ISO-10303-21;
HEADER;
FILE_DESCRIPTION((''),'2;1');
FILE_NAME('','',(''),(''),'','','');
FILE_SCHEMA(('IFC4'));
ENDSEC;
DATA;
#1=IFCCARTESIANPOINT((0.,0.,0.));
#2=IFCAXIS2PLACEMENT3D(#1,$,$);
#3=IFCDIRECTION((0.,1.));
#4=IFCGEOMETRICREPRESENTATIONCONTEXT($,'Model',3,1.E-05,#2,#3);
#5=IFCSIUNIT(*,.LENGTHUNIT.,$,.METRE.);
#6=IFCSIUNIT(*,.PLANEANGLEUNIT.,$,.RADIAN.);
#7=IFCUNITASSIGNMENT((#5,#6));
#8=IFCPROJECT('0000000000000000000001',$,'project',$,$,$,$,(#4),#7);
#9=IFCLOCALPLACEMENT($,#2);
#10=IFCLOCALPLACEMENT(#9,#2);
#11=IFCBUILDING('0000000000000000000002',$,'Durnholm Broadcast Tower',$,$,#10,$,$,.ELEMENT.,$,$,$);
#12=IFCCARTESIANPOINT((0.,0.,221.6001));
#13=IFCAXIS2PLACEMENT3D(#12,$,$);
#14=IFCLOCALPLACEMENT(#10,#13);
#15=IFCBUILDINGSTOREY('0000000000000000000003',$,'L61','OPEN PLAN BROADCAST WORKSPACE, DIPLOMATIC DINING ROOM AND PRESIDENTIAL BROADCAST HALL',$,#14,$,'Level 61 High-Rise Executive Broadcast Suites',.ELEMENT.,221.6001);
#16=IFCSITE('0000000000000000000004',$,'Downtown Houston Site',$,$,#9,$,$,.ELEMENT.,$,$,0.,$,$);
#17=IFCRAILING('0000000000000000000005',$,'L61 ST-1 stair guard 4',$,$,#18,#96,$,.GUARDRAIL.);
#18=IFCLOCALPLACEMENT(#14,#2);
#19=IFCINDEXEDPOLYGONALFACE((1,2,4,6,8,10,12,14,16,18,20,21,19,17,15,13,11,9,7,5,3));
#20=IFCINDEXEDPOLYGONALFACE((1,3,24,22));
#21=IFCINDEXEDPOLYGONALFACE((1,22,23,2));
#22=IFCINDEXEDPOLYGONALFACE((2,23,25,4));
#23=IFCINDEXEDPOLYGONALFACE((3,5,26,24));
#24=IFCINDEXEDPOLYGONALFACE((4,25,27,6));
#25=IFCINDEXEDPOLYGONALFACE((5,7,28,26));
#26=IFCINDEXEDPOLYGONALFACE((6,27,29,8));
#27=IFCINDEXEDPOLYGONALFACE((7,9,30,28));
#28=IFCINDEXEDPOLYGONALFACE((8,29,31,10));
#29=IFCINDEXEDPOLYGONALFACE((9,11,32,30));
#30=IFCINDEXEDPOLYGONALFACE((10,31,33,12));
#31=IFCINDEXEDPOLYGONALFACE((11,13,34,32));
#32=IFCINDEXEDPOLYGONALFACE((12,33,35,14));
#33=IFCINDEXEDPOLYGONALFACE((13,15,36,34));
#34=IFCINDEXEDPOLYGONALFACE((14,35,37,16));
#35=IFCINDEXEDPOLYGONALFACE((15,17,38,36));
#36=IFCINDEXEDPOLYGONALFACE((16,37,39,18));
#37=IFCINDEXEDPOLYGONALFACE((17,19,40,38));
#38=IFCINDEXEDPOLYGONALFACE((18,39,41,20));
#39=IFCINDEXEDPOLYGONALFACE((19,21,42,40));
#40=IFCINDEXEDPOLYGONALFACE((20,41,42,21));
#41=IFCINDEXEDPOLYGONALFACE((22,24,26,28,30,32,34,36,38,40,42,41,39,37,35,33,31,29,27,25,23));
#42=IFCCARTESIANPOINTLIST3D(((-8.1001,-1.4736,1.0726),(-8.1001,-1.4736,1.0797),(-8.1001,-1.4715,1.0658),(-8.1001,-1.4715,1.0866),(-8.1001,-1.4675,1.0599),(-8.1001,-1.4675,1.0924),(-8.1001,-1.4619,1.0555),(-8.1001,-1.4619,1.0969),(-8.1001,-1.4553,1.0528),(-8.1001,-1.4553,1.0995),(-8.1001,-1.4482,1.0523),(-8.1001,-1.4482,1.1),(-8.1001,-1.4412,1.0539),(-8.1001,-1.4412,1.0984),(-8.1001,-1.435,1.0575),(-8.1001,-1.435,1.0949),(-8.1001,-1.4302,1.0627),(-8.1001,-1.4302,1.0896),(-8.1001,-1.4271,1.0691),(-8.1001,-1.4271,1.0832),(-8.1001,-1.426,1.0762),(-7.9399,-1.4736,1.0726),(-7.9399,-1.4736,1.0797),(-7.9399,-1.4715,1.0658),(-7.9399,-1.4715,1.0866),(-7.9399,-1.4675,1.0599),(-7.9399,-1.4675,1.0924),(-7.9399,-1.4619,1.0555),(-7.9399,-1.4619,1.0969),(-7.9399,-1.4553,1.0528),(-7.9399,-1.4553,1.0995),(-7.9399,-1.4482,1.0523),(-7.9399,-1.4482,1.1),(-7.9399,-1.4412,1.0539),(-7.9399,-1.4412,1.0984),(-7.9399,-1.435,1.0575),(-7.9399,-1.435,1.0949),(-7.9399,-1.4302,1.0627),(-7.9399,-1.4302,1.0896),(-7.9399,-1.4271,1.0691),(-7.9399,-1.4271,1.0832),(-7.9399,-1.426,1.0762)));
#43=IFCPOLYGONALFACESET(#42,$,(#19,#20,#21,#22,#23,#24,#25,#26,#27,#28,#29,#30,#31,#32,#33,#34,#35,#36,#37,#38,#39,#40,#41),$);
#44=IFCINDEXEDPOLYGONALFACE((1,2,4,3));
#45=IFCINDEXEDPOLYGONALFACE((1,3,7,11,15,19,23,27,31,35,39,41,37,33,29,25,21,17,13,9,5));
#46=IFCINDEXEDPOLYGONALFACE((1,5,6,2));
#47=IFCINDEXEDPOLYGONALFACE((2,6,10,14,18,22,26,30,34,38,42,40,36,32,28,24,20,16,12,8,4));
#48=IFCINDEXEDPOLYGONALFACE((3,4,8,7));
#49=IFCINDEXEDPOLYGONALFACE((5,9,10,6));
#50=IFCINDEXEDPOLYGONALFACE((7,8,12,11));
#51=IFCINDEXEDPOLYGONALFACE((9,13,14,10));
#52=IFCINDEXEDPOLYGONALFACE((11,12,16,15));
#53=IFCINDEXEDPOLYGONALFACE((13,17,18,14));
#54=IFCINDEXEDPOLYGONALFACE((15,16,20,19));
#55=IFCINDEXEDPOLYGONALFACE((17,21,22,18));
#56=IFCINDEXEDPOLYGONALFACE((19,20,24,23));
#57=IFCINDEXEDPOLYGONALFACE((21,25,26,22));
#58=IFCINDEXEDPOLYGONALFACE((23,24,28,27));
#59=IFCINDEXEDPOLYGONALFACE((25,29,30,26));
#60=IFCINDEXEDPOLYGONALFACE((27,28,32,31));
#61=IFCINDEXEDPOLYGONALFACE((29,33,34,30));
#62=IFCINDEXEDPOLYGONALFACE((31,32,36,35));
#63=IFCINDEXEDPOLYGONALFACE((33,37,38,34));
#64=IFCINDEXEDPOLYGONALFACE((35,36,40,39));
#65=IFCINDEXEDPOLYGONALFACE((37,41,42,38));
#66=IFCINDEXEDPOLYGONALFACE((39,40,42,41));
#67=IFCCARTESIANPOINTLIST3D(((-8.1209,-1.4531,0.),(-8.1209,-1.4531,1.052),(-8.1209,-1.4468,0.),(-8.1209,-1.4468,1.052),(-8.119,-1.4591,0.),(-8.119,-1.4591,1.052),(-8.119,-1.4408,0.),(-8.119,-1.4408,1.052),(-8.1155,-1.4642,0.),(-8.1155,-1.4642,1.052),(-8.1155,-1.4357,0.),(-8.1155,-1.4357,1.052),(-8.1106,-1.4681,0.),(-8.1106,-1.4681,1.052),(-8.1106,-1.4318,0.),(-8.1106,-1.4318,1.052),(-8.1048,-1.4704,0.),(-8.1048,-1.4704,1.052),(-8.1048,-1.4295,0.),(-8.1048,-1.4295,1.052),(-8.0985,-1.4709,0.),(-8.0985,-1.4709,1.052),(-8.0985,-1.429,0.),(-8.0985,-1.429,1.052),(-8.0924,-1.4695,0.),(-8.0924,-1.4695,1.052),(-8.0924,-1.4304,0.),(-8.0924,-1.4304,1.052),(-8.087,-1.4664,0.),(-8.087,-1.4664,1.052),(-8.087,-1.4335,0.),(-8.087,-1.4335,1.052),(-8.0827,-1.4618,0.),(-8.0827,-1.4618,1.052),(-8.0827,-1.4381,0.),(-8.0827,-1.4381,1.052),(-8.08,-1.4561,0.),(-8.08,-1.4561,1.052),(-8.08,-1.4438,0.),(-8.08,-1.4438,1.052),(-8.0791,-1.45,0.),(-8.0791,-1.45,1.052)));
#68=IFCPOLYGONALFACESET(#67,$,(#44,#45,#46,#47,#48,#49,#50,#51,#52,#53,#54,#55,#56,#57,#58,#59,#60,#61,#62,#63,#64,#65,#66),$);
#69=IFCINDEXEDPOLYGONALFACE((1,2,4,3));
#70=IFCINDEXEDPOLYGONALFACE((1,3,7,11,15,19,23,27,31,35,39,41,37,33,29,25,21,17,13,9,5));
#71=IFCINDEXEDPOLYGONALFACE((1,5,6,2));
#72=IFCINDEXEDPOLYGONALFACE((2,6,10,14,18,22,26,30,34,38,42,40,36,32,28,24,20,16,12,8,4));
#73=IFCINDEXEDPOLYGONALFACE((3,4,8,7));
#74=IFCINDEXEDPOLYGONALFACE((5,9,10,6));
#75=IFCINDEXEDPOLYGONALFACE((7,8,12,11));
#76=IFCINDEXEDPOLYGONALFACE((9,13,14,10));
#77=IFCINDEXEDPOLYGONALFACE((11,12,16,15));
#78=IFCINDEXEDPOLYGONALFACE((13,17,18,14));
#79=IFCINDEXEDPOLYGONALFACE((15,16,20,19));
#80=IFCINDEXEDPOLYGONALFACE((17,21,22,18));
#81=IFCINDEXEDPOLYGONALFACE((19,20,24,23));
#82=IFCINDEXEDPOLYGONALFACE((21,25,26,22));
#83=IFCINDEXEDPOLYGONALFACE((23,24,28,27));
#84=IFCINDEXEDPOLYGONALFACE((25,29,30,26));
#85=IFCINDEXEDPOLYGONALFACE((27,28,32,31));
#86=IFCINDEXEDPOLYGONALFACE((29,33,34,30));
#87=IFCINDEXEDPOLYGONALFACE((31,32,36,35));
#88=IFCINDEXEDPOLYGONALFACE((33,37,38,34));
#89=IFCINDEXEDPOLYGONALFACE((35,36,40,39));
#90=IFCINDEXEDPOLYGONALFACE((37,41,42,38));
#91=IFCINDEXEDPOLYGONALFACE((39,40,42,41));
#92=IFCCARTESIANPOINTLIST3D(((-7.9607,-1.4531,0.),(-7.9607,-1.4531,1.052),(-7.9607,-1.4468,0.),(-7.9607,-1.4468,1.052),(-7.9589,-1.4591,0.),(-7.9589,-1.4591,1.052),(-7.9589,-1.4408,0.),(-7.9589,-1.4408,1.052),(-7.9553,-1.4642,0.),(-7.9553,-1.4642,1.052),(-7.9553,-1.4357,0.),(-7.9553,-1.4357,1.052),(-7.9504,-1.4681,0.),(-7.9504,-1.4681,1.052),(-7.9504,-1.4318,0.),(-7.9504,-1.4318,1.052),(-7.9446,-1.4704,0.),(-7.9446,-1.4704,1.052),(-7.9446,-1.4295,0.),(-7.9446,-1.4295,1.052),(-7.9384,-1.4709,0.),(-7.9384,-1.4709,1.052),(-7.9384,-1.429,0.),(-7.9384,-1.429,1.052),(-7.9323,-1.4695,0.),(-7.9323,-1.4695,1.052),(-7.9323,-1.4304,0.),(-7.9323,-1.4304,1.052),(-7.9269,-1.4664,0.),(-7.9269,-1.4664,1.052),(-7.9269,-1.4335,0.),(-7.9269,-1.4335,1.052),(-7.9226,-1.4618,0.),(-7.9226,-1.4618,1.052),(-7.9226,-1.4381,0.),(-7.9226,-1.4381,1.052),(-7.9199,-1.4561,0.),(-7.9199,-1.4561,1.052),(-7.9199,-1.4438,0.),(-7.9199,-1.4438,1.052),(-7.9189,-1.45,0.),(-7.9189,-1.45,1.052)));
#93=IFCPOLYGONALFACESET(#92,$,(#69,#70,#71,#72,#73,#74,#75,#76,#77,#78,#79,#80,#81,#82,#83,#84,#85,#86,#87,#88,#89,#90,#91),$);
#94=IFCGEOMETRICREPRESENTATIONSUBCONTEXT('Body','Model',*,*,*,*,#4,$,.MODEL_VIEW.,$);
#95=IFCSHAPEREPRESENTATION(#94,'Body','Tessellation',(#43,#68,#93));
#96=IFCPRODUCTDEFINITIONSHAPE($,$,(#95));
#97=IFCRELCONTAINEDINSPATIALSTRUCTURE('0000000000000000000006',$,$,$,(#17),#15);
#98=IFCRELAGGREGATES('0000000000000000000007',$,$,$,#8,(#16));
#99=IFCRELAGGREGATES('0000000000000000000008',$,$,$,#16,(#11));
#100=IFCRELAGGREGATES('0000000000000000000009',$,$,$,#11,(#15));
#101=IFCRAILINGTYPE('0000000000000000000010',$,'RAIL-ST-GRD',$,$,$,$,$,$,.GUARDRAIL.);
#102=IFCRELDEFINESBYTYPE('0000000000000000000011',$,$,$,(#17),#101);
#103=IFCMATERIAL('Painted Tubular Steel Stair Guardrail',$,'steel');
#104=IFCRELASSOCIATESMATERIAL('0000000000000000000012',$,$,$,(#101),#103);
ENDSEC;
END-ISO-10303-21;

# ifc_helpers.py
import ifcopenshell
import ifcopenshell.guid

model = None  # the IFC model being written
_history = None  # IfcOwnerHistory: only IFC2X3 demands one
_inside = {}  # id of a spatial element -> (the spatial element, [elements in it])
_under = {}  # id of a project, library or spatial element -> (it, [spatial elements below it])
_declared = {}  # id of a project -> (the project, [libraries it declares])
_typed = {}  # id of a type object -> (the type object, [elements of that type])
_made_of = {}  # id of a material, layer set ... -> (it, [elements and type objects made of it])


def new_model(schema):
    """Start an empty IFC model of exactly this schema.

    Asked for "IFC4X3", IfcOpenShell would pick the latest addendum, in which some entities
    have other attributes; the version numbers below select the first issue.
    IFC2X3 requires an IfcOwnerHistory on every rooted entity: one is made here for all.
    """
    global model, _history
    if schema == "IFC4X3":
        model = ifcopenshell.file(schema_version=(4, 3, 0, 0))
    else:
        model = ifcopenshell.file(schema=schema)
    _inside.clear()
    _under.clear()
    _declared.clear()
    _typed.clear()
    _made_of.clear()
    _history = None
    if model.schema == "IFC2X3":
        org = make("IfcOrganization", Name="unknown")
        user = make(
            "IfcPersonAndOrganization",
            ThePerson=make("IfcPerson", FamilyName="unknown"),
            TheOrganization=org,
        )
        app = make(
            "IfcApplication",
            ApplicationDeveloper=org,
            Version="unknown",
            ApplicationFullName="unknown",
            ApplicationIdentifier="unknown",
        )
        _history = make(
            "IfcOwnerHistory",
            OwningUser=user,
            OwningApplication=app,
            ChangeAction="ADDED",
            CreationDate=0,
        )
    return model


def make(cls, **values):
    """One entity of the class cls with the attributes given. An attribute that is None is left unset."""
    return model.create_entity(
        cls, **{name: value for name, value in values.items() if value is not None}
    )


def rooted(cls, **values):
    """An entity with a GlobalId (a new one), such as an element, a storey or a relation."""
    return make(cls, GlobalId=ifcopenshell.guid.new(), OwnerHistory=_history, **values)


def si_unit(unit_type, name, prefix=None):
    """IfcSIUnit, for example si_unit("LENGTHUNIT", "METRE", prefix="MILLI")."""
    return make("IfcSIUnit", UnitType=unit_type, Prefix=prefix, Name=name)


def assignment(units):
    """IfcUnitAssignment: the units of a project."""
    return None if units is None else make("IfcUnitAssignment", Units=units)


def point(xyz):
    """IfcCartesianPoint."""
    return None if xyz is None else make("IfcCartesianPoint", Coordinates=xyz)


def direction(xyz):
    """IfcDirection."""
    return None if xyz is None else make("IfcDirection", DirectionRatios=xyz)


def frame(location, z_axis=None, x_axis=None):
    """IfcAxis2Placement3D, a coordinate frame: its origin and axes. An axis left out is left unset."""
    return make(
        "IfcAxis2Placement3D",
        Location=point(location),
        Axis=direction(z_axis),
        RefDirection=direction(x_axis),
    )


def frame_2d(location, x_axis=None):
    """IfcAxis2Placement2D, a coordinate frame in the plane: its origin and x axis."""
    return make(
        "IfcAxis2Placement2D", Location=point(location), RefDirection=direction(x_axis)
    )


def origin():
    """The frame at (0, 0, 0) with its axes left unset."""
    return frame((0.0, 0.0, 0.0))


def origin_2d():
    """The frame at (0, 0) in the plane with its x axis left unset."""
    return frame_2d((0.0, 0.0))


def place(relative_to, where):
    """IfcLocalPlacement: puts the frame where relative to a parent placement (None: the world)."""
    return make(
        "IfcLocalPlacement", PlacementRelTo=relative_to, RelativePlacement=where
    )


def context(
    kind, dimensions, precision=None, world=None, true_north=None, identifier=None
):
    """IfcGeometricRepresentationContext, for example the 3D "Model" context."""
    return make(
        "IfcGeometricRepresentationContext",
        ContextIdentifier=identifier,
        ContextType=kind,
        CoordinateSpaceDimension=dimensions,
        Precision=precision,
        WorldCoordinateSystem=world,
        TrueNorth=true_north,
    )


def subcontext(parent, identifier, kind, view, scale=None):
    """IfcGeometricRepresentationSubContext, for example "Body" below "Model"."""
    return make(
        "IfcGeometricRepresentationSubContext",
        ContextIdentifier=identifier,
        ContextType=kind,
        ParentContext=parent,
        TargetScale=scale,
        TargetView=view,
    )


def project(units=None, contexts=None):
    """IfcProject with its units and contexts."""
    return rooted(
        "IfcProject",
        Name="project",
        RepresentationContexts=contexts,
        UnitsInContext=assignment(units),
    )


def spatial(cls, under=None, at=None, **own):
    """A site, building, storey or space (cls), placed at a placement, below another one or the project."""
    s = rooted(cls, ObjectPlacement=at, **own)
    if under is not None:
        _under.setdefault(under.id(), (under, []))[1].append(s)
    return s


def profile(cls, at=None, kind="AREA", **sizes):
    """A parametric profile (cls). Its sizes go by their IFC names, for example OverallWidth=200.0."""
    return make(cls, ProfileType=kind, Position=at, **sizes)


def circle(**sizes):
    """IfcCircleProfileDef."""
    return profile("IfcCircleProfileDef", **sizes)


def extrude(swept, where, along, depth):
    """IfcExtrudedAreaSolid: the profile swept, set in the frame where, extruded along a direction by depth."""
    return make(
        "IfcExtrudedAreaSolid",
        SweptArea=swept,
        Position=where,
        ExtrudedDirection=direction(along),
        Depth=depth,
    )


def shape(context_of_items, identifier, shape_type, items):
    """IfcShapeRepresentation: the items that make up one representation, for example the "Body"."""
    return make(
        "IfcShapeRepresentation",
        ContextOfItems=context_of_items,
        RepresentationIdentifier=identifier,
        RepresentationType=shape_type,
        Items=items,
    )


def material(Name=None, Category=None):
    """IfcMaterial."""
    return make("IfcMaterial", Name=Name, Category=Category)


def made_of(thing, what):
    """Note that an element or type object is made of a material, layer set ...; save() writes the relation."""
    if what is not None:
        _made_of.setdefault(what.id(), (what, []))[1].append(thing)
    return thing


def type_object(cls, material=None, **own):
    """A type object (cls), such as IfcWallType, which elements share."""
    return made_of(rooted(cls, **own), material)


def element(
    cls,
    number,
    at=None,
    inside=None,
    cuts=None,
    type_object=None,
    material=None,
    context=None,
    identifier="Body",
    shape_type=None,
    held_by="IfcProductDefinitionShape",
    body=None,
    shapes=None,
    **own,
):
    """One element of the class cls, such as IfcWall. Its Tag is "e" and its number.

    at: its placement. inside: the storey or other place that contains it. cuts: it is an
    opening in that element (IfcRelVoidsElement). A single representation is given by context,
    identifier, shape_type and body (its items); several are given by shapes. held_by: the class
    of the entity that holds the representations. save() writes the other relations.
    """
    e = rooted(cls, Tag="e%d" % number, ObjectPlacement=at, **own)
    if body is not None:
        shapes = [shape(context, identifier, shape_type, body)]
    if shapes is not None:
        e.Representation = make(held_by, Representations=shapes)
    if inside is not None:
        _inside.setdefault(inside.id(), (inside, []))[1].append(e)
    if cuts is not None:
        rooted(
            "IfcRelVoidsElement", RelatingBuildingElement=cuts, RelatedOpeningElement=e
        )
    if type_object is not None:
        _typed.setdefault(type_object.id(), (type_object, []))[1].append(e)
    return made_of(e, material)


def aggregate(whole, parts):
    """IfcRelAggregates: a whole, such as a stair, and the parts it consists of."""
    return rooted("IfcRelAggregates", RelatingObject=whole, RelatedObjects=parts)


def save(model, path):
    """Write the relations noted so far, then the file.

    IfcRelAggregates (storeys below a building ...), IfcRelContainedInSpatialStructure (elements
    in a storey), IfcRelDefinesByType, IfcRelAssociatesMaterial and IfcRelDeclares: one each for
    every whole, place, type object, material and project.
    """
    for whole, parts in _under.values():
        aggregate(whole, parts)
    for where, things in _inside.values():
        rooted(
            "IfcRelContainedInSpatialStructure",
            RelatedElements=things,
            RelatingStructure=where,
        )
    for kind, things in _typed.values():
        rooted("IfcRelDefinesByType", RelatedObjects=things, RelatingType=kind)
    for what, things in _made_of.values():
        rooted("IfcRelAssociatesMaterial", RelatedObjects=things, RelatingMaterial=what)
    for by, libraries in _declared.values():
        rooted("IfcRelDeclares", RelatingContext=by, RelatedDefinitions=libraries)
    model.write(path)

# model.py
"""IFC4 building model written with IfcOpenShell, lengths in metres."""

from ifc_helpers import new_model, si_unit, direction, frame, origin, origin_2d, place, context, subcontext, project, spatial, circle, extrude, material, type_object, element, save


model = new_model("IFC4")

# Units and contexts
model_context = context("Model", 3, precision=1e-05, world=origin(), true_north=direction((0.0, 1.0)))
body_context = subcontext(model_context, "Body", "Model", "MODEL_VIEW")
ifc_project = project(units=[si_unit("LENGTHUNIT", "METRE"), si_unit("PLANEANGLEUNIT", "RADIAN")], contexts=[model_context])

# Site, building, storey
site_placement = place(None, origin())
site = spatial("IfcSite", under=ifc_project, at=site_placement, Name="Downtown Houston Site", CompositionType="ELEMENT", RefElevation=0.0)
building_placement = place(site_placement, origin())
building = spatial("IfcBuilding", under=site, at=building_placement, Name="Durnholm Broadcast Tower", CompositionType="ELEMENT")
storey_placement = place(building_placement, frame((0.0, 0.0, 221.6001)))
storey = spatial("IfcBuildingStorey", under=building, at=storey_placement, Name="L61", Description="OPEN PLAN BROADCAST WORKSPACE, DIPLOMATIC DINING ROOM AND PRESIDENTIAL BROADCAST HALL", LongName="Level 61 High-Rise Executive Broadcast Suites", CompositionType="ELEMENT", Elevation=221.6001)

# Railing
ifc_material_1 = material(Name="Painted Tubular Steel Stair Guardrail", Category="steel")
railing_type_1 = type_object("IfcRailingType", Name="RAIL-ST-GRD", PredefinedType="GUARDRAIL", material=ifc_material_1)
railing_1_placement = place(storey_placement, frame((-8.1001, -1.45, 0.0)))
element("IfcRailing", 1, at=railing_1_placement, inside=storey, type_object=railing_type_1, Name="L61 ST-1 stair guard 4", PredefinedType="GUARDRAIL", context=body_context, shape_type="SweptSolid", body=[
    extrude(circle(Radius=0.0239, at=origin_2d()), frame((0.0, 0.0, 1.0762), z_axis=(1.0, 0.0, 0.0), x_axis=(0.0, 1.0, 0.0)), (0.0, 0.0, 1.0), 0.1602),
    extrude(circle(Radius=0.021, at=origin_2d()), origin(), (0.0, 0.0, 1.0), 1.052),
    extrude(circle(Radius=0.021, at=origin_2d()), frame((0.1602, 0.0, 0.0)), (0.0, 0.0, 1.0), 1.052),
])

save(model, "model.ifc")
